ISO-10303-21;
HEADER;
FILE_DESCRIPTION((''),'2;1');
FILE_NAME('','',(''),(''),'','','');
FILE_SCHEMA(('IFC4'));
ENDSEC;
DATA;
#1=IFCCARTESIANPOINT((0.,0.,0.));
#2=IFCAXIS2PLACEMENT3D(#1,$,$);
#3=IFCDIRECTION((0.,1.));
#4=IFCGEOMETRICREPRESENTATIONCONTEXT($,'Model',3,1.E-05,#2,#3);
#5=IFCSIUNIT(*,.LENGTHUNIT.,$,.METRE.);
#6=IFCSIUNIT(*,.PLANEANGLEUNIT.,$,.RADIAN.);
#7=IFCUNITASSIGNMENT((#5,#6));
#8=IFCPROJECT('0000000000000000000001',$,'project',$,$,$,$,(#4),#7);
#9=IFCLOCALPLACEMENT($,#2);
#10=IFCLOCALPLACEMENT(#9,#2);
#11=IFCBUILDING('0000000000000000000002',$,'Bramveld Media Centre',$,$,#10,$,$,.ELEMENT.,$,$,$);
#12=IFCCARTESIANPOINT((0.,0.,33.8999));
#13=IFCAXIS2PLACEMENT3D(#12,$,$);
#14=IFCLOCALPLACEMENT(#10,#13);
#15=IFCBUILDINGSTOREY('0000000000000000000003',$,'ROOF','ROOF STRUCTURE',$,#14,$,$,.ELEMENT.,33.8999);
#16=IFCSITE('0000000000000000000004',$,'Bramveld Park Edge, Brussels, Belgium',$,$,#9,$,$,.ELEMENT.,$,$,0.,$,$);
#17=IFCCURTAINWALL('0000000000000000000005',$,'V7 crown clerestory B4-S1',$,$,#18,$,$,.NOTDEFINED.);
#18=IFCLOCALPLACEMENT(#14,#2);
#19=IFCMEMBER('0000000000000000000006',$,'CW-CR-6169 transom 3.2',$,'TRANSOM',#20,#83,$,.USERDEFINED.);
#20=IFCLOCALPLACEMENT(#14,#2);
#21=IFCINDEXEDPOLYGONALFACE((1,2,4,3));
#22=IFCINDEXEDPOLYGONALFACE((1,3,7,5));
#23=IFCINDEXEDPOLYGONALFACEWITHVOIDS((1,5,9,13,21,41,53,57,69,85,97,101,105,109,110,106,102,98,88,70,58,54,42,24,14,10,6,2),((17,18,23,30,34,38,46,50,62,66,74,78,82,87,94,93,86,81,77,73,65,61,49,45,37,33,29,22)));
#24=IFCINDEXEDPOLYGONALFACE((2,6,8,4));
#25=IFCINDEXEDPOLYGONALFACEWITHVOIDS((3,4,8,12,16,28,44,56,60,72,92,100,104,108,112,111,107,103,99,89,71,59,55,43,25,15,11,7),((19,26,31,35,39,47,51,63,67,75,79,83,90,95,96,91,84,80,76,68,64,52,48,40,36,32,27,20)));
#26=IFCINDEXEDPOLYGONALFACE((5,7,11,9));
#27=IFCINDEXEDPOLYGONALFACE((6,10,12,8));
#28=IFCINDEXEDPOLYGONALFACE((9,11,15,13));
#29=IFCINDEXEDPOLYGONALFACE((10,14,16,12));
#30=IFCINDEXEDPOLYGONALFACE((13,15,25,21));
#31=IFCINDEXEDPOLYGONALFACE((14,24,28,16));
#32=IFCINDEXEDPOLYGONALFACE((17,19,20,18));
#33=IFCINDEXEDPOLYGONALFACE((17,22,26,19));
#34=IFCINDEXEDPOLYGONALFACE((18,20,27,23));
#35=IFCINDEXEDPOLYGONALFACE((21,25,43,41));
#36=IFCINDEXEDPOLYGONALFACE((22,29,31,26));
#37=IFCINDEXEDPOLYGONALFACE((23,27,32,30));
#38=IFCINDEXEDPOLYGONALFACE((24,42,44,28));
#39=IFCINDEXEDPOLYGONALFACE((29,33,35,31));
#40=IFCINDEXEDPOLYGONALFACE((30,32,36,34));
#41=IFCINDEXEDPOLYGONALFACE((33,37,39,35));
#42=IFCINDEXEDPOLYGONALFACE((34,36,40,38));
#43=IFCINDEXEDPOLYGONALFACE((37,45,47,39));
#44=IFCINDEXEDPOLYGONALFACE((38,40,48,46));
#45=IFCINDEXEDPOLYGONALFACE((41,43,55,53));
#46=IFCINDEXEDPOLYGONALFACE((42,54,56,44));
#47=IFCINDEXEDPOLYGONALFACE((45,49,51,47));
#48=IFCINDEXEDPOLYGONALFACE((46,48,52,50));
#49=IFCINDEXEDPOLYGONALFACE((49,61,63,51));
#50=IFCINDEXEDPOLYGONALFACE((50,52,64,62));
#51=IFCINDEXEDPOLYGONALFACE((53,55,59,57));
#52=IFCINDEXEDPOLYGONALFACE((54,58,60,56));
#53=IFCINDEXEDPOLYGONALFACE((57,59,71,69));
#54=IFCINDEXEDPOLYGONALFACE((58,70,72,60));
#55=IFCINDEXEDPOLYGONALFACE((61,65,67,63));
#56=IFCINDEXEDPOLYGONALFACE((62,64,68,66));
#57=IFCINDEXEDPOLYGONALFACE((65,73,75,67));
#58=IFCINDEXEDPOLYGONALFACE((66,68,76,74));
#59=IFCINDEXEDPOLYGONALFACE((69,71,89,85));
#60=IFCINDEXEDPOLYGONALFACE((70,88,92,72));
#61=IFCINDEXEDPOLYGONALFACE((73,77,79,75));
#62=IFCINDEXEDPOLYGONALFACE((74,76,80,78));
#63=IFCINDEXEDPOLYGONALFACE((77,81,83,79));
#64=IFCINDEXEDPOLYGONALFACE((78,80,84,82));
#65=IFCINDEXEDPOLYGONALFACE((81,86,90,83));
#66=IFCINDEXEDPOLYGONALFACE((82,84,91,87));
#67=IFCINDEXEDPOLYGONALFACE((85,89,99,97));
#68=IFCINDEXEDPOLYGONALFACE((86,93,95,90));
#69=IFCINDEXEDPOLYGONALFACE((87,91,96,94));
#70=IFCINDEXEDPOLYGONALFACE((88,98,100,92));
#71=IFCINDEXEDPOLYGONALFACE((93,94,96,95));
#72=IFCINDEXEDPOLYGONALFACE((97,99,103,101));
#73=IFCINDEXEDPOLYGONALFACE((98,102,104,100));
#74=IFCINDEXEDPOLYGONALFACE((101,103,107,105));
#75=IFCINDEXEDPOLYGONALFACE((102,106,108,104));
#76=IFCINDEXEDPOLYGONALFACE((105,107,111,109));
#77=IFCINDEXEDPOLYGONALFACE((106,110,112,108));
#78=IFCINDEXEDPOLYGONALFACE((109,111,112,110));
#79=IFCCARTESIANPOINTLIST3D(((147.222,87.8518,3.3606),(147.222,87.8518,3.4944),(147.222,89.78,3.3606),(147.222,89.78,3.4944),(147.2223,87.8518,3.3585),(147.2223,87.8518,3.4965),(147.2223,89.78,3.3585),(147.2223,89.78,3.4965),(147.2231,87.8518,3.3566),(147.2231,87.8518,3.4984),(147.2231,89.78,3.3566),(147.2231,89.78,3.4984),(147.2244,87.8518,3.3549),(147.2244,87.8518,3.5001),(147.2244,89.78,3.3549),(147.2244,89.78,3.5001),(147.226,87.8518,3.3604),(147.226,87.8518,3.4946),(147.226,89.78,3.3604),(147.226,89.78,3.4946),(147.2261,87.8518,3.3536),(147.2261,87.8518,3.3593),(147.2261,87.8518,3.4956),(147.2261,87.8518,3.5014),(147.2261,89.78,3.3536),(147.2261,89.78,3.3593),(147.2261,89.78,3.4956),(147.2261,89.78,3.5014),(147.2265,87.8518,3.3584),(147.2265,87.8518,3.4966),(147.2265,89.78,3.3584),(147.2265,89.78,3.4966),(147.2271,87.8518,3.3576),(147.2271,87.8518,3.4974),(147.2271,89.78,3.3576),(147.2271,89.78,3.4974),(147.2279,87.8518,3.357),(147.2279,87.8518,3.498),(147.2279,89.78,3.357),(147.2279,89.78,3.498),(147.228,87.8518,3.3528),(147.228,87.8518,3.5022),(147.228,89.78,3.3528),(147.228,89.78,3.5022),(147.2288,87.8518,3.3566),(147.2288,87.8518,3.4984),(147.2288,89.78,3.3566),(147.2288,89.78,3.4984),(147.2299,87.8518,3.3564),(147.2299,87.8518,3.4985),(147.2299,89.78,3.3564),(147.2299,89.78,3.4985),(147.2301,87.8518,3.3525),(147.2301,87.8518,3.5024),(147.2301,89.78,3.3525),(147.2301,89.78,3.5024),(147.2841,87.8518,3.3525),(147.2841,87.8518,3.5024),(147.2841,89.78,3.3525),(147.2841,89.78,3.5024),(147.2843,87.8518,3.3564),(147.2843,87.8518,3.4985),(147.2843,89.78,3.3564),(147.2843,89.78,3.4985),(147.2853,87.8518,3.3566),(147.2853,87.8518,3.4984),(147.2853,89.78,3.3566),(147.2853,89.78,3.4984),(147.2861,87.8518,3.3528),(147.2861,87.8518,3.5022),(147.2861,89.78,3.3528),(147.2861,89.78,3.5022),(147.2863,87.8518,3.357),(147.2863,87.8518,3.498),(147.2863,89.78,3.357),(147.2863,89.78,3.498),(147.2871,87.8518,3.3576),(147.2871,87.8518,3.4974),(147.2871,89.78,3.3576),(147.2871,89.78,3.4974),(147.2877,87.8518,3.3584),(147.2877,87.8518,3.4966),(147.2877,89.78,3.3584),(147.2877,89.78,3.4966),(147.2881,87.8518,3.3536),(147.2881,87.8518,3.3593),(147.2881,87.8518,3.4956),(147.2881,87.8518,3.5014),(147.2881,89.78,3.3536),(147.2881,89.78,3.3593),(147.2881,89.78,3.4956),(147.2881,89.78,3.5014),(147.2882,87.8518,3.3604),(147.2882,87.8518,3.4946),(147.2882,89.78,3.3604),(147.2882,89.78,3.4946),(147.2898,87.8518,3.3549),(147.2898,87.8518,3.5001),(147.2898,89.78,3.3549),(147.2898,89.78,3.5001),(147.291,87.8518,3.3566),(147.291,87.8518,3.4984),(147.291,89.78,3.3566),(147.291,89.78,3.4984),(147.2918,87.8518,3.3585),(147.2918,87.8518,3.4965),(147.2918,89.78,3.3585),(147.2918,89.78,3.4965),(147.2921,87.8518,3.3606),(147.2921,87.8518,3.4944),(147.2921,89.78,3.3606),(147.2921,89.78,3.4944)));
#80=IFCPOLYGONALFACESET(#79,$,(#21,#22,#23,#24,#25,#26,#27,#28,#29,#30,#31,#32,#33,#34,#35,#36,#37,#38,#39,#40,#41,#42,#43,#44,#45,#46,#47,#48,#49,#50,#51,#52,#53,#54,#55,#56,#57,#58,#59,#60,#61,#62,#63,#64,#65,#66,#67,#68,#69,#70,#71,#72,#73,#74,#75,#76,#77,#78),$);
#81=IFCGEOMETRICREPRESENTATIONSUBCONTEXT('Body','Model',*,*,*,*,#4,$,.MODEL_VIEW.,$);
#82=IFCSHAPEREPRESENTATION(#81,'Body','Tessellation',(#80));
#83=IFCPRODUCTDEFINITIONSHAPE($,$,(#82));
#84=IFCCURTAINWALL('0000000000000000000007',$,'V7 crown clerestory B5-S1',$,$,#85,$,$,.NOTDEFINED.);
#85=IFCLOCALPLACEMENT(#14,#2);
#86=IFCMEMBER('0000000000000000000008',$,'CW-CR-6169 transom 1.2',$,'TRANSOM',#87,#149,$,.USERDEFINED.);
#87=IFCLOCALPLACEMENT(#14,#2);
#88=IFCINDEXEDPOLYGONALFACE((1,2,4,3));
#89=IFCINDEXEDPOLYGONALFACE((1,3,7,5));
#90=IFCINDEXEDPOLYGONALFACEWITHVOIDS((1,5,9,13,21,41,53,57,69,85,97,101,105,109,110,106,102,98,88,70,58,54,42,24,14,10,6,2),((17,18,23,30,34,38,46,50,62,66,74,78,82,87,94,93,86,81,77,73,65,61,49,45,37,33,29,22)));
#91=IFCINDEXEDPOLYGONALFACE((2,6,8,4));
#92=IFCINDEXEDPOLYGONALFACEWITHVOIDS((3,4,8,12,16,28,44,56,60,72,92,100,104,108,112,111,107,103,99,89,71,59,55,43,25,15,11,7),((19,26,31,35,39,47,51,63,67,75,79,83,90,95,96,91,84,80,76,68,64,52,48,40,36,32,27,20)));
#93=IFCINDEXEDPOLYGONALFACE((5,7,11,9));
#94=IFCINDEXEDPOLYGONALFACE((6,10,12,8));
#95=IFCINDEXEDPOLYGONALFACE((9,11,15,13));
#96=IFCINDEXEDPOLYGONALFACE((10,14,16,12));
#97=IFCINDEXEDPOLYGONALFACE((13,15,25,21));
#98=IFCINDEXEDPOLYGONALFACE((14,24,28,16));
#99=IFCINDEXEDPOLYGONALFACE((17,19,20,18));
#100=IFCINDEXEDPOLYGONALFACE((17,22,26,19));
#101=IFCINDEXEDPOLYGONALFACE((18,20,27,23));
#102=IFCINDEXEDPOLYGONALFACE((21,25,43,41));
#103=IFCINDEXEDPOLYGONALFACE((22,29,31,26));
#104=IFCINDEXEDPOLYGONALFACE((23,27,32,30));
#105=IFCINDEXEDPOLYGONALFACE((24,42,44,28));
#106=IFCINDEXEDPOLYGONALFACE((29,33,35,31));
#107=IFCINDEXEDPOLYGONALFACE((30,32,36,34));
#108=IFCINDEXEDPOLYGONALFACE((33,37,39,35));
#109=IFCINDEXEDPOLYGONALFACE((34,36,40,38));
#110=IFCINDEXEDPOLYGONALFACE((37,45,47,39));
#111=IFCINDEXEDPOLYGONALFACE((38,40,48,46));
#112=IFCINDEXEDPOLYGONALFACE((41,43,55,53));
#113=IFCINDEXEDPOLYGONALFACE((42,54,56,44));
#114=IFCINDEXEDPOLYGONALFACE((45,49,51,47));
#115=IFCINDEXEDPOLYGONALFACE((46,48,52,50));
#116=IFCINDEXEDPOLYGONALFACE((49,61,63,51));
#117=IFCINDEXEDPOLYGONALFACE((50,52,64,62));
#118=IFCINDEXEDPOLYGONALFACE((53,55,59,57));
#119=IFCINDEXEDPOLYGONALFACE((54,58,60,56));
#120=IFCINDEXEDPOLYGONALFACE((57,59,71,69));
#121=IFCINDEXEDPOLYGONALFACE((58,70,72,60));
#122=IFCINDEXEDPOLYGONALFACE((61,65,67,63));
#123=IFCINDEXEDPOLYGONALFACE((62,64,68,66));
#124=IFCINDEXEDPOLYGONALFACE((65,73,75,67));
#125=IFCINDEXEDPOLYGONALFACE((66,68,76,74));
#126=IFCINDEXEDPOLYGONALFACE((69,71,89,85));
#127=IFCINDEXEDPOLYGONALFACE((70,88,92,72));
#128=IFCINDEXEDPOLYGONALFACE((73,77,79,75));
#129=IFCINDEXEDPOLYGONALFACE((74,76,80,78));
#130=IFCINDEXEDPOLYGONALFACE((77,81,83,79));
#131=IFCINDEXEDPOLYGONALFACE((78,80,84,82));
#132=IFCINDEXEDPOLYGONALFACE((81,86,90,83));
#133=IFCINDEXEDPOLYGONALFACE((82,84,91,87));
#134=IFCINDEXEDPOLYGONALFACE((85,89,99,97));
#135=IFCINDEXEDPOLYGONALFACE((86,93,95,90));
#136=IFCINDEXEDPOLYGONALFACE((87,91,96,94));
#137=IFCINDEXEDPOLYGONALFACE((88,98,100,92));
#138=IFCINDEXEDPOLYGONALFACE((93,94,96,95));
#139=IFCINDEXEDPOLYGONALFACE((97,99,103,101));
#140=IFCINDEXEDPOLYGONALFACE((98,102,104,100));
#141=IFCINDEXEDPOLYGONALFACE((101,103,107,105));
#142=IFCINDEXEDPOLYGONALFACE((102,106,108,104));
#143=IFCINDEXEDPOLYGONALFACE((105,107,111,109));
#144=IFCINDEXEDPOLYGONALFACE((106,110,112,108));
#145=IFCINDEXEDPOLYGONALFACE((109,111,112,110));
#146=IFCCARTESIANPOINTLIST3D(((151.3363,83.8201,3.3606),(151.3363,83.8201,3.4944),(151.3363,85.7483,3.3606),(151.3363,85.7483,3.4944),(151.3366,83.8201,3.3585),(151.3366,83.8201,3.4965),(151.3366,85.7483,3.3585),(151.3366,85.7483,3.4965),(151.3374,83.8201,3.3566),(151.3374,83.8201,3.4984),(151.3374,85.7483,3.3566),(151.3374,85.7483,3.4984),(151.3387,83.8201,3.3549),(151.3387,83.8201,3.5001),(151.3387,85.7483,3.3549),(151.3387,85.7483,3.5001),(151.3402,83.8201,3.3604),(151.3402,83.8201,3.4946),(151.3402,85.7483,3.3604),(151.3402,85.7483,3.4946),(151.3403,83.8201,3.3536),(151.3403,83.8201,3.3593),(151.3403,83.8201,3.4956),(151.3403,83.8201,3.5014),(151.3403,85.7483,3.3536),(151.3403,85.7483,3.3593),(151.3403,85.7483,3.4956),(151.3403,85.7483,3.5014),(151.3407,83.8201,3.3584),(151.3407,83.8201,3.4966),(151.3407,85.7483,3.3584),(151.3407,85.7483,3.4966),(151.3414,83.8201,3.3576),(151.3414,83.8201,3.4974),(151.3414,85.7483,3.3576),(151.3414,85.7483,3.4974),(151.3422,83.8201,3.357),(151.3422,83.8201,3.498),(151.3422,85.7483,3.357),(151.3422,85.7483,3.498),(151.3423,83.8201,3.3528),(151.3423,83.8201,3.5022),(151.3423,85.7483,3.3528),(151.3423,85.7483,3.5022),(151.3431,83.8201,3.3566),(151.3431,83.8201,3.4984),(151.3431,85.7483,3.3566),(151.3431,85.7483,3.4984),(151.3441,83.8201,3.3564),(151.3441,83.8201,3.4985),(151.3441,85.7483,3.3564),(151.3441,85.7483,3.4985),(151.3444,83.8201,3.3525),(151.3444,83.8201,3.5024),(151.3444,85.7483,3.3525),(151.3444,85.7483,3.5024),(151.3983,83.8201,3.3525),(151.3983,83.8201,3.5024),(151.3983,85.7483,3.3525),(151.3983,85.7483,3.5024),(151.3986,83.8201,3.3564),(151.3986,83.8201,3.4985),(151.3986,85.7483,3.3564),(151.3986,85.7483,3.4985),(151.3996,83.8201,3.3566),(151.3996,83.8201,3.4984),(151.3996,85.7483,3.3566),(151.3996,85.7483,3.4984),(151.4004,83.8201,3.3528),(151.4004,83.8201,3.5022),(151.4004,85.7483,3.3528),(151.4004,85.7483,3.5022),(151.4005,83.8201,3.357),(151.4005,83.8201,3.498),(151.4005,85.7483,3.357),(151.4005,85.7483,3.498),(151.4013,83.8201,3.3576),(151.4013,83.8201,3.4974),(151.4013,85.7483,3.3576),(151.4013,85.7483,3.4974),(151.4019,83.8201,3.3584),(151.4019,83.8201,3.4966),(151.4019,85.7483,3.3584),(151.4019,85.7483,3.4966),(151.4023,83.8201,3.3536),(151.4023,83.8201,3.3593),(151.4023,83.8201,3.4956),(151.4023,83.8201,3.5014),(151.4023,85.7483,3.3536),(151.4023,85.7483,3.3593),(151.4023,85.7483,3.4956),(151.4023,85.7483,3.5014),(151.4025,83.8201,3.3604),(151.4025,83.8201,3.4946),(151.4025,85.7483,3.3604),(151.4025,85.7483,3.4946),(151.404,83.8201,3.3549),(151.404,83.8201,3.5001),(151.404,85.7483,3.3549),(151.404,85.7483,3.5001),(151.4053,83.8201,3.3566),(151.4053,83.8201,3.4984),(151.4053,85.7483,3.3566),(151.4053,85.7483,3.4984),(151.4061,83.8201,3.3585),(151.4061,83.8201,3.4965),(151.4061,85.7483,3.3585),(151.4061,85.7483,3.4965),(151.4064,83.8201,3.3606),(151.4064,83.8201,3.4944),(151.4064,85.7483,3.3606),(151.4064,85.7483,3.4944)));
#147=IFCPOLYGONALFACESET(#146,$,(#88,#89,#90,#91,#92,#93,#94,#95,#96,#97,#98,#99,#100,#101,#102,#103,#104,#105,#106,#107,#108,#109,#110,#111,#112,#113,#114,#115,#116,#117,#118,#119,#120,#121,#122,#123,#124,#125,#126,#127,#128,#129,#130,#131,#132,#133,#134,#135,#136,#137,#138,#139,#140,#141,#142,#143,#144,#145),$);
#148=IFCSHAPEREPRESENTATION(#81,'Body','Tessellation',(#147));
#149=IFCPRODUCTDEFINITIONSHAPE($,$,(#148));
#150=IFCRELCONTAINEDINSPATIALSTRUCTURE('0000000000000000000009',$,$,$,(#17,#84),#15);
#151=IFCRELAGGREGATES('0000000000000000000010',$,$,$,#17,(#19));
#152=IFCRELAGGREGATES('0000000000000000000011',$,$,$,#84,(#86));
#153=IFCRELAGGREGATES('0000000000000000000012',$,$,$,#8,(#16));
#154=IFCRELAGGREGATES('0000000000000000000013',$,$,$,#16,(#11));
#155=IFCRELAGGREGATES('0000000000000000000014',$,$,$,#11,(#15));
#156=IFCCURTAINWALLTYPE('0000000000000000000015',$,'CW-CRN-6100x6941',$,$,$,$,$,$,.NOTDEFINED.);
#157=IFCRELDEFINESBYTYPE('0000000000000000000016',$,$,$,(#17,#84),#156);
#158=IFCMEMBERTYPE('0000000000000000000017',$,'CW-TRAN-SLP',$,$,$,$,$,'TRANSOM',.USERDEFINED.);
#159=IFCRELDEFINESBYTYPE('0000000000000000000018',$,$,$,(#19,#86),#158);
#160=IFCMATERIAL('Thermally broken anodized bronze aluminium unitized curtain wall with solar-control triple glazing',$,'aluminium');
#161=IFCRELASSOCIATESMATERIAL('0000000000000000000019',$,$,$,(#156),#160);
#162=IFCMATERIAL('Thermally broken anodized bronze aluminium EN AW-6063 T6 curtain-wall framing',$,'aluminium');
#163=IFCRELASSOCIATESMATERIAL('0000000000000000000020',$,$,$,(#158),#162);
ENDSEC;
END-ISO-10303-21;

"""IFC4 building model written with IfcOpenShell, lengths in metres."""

from ifc_helpers import new_model, si_unit, direction, frame, origin, origin_2d, place, context, subcontext, project, spatial, hollow_rectangle, extrude, material, material_profile, profile_set, type_object, element, aggregate, save


model = new_model("IFC4")

# Units and contexts
model_context = context("Model", 3, precision=1e-05, world=origin(), true_north=direction((0.0, 1.0)))
body_context = subcontext(model_context, "Body", "Model", "MODEL_VIEW")
ifc_project = project(units=[si_unit("LENGTHUNIT", "METRE"), si_unit("PLANEANGLEUNIT", "RADIAN")], contexts=[model_context])

# Site, building, storey
site_placement = place(None, origin())
site = spatial("IfcSite", under=ifc_project, at=site_placement, Name="Bramveld Park Edge, Brussels, Belgium", CompositionType="ELEMENT", RefElevation=0.0)
building_placement = place(site_placement, origin())
building = spatial("IfcBuilding", under=site, at=building_placement, Name="Bramveld Media Centre", CompositionType="ELEMENT")
storey_placement = place(building_placement, frame((0.0, 0.0, 33.8999)))
storey = spatial("IfcBuildingStorey", under=building, at=storey_placement, Name="ROOF", Description="ROOF STRUCTURE", CompositionType="ELEMENT", Elevation=33.8999)

# Curtain walls, members
ifc_material_1 = material(Name="Thermally broken anodized bronze aluminium unitized curtain wall with solar-control triple glazing", Category="aluminium")
curtain_wall_type = type_object("IfcCurtainWallType", Name="CW-CRN-6100x6941", PredefinedType="NOTDEFINED", material=ifc_material_1)
curtain_wall_1_placement = place(storey_placement, origin())
curtain_wall_1 = element("IfcCurtainWall", 1, at=curtain_wall_1_placement, inside=storey, type_object=curtain_wall_type, Name="V7 crown clerestory B4-S1", PredefinedType="NOTDEFINED")
ifc_material_2 = material(Name="Thermally broken anodized bronze aluminium EN AW-6063 T6 curtain-wall framing", Category="aluminium")
ifc_material_profile_1 = material_profile(ifc_material_2, hollow_rectangle(XDim=0.0701, YDim=0.1499, WallThickness=0.0039, InnerFilletRadius=0.0039, OuterFilletRadius=0.0081, at=origin_2d()), Name="AL-TRAN 70x150")
ifc_profile_set_1 = profile_set([ifc_material_profile_1], Name="Thermally broken anodized bronze aluminium EN AW-6063 T6 curtain-wall framing")
member_type_1 = type_object("IfcMemberType", Name="CW-TRAN-SLP", ElementType="TRANSOM", PredefinedType="USERDEFINED", material=ifc_profile_set_1)
member_1_placement = place(storey_placement, frame((147.2571, 87.8518, 3.4275), z_axis=(0.0, 1.0, 0.0), x_axis=(-1.0, 0.0, 0.0)))
member_1 = element("IfcMember", 2, at=member_1_placement, type_object=member_type_1, Name="CW-CR-6169 transom 3.2", ObjectType="TRANSOM", PredefinedType="USERDEFINED", context=body_context, shape_type="SweptSolid", body=[
    extrude(hollow_rectangle(XDim=0.0701, YDim=0.1499, WallThickness=0.0039, InnerFilletRadius=0.0039, OuterFilletRadius=0.0081, at=origin_2d()), origin(), (0.0, 0.0, 1.0), 1.9282),
])
curtain_wall_2_placement = place(storey_placement, origin())
curtain_wall_2 = element("IfcCurtainWall", 3, at=curtain_wall_2_placement, inside=storey, type_object=curtain_wall_type, Name="V7 crown clerestory B5-S1", PredefinedType="NOTDEFINED")
member_2_placement = place(storey_placement, frame((151.3713, 83.8201, 3.4275), z_axis=(0.0, 1.0, 0.0), x_axis=(-1.0, 0.0, 0.0)))
member_2 = element("IfcMember", 4, at=member_2_placement, type_object=member_type_1, Name="CW-CR-6169 transom 1.2", ObjectType="TRANSOM", PredefinedType="USERDEFINED", context=body_context, shape_type="SweptSolid", body=[
    extrude(hollow_rectangle(XDim=0.0701, YDim=0.1499, WallThickness=0.0039, InnerFilletRadius=0.0039, OuterFilletRadius=0.0081, at=origin_2d()), origin(), (0.0, 0.0, 1.0), 1.9282),
])

aggregate(curtain_wall_1, [member_1])
aggregate(curtain_wall_2, [member_2])

save(model, "model.ifc")
